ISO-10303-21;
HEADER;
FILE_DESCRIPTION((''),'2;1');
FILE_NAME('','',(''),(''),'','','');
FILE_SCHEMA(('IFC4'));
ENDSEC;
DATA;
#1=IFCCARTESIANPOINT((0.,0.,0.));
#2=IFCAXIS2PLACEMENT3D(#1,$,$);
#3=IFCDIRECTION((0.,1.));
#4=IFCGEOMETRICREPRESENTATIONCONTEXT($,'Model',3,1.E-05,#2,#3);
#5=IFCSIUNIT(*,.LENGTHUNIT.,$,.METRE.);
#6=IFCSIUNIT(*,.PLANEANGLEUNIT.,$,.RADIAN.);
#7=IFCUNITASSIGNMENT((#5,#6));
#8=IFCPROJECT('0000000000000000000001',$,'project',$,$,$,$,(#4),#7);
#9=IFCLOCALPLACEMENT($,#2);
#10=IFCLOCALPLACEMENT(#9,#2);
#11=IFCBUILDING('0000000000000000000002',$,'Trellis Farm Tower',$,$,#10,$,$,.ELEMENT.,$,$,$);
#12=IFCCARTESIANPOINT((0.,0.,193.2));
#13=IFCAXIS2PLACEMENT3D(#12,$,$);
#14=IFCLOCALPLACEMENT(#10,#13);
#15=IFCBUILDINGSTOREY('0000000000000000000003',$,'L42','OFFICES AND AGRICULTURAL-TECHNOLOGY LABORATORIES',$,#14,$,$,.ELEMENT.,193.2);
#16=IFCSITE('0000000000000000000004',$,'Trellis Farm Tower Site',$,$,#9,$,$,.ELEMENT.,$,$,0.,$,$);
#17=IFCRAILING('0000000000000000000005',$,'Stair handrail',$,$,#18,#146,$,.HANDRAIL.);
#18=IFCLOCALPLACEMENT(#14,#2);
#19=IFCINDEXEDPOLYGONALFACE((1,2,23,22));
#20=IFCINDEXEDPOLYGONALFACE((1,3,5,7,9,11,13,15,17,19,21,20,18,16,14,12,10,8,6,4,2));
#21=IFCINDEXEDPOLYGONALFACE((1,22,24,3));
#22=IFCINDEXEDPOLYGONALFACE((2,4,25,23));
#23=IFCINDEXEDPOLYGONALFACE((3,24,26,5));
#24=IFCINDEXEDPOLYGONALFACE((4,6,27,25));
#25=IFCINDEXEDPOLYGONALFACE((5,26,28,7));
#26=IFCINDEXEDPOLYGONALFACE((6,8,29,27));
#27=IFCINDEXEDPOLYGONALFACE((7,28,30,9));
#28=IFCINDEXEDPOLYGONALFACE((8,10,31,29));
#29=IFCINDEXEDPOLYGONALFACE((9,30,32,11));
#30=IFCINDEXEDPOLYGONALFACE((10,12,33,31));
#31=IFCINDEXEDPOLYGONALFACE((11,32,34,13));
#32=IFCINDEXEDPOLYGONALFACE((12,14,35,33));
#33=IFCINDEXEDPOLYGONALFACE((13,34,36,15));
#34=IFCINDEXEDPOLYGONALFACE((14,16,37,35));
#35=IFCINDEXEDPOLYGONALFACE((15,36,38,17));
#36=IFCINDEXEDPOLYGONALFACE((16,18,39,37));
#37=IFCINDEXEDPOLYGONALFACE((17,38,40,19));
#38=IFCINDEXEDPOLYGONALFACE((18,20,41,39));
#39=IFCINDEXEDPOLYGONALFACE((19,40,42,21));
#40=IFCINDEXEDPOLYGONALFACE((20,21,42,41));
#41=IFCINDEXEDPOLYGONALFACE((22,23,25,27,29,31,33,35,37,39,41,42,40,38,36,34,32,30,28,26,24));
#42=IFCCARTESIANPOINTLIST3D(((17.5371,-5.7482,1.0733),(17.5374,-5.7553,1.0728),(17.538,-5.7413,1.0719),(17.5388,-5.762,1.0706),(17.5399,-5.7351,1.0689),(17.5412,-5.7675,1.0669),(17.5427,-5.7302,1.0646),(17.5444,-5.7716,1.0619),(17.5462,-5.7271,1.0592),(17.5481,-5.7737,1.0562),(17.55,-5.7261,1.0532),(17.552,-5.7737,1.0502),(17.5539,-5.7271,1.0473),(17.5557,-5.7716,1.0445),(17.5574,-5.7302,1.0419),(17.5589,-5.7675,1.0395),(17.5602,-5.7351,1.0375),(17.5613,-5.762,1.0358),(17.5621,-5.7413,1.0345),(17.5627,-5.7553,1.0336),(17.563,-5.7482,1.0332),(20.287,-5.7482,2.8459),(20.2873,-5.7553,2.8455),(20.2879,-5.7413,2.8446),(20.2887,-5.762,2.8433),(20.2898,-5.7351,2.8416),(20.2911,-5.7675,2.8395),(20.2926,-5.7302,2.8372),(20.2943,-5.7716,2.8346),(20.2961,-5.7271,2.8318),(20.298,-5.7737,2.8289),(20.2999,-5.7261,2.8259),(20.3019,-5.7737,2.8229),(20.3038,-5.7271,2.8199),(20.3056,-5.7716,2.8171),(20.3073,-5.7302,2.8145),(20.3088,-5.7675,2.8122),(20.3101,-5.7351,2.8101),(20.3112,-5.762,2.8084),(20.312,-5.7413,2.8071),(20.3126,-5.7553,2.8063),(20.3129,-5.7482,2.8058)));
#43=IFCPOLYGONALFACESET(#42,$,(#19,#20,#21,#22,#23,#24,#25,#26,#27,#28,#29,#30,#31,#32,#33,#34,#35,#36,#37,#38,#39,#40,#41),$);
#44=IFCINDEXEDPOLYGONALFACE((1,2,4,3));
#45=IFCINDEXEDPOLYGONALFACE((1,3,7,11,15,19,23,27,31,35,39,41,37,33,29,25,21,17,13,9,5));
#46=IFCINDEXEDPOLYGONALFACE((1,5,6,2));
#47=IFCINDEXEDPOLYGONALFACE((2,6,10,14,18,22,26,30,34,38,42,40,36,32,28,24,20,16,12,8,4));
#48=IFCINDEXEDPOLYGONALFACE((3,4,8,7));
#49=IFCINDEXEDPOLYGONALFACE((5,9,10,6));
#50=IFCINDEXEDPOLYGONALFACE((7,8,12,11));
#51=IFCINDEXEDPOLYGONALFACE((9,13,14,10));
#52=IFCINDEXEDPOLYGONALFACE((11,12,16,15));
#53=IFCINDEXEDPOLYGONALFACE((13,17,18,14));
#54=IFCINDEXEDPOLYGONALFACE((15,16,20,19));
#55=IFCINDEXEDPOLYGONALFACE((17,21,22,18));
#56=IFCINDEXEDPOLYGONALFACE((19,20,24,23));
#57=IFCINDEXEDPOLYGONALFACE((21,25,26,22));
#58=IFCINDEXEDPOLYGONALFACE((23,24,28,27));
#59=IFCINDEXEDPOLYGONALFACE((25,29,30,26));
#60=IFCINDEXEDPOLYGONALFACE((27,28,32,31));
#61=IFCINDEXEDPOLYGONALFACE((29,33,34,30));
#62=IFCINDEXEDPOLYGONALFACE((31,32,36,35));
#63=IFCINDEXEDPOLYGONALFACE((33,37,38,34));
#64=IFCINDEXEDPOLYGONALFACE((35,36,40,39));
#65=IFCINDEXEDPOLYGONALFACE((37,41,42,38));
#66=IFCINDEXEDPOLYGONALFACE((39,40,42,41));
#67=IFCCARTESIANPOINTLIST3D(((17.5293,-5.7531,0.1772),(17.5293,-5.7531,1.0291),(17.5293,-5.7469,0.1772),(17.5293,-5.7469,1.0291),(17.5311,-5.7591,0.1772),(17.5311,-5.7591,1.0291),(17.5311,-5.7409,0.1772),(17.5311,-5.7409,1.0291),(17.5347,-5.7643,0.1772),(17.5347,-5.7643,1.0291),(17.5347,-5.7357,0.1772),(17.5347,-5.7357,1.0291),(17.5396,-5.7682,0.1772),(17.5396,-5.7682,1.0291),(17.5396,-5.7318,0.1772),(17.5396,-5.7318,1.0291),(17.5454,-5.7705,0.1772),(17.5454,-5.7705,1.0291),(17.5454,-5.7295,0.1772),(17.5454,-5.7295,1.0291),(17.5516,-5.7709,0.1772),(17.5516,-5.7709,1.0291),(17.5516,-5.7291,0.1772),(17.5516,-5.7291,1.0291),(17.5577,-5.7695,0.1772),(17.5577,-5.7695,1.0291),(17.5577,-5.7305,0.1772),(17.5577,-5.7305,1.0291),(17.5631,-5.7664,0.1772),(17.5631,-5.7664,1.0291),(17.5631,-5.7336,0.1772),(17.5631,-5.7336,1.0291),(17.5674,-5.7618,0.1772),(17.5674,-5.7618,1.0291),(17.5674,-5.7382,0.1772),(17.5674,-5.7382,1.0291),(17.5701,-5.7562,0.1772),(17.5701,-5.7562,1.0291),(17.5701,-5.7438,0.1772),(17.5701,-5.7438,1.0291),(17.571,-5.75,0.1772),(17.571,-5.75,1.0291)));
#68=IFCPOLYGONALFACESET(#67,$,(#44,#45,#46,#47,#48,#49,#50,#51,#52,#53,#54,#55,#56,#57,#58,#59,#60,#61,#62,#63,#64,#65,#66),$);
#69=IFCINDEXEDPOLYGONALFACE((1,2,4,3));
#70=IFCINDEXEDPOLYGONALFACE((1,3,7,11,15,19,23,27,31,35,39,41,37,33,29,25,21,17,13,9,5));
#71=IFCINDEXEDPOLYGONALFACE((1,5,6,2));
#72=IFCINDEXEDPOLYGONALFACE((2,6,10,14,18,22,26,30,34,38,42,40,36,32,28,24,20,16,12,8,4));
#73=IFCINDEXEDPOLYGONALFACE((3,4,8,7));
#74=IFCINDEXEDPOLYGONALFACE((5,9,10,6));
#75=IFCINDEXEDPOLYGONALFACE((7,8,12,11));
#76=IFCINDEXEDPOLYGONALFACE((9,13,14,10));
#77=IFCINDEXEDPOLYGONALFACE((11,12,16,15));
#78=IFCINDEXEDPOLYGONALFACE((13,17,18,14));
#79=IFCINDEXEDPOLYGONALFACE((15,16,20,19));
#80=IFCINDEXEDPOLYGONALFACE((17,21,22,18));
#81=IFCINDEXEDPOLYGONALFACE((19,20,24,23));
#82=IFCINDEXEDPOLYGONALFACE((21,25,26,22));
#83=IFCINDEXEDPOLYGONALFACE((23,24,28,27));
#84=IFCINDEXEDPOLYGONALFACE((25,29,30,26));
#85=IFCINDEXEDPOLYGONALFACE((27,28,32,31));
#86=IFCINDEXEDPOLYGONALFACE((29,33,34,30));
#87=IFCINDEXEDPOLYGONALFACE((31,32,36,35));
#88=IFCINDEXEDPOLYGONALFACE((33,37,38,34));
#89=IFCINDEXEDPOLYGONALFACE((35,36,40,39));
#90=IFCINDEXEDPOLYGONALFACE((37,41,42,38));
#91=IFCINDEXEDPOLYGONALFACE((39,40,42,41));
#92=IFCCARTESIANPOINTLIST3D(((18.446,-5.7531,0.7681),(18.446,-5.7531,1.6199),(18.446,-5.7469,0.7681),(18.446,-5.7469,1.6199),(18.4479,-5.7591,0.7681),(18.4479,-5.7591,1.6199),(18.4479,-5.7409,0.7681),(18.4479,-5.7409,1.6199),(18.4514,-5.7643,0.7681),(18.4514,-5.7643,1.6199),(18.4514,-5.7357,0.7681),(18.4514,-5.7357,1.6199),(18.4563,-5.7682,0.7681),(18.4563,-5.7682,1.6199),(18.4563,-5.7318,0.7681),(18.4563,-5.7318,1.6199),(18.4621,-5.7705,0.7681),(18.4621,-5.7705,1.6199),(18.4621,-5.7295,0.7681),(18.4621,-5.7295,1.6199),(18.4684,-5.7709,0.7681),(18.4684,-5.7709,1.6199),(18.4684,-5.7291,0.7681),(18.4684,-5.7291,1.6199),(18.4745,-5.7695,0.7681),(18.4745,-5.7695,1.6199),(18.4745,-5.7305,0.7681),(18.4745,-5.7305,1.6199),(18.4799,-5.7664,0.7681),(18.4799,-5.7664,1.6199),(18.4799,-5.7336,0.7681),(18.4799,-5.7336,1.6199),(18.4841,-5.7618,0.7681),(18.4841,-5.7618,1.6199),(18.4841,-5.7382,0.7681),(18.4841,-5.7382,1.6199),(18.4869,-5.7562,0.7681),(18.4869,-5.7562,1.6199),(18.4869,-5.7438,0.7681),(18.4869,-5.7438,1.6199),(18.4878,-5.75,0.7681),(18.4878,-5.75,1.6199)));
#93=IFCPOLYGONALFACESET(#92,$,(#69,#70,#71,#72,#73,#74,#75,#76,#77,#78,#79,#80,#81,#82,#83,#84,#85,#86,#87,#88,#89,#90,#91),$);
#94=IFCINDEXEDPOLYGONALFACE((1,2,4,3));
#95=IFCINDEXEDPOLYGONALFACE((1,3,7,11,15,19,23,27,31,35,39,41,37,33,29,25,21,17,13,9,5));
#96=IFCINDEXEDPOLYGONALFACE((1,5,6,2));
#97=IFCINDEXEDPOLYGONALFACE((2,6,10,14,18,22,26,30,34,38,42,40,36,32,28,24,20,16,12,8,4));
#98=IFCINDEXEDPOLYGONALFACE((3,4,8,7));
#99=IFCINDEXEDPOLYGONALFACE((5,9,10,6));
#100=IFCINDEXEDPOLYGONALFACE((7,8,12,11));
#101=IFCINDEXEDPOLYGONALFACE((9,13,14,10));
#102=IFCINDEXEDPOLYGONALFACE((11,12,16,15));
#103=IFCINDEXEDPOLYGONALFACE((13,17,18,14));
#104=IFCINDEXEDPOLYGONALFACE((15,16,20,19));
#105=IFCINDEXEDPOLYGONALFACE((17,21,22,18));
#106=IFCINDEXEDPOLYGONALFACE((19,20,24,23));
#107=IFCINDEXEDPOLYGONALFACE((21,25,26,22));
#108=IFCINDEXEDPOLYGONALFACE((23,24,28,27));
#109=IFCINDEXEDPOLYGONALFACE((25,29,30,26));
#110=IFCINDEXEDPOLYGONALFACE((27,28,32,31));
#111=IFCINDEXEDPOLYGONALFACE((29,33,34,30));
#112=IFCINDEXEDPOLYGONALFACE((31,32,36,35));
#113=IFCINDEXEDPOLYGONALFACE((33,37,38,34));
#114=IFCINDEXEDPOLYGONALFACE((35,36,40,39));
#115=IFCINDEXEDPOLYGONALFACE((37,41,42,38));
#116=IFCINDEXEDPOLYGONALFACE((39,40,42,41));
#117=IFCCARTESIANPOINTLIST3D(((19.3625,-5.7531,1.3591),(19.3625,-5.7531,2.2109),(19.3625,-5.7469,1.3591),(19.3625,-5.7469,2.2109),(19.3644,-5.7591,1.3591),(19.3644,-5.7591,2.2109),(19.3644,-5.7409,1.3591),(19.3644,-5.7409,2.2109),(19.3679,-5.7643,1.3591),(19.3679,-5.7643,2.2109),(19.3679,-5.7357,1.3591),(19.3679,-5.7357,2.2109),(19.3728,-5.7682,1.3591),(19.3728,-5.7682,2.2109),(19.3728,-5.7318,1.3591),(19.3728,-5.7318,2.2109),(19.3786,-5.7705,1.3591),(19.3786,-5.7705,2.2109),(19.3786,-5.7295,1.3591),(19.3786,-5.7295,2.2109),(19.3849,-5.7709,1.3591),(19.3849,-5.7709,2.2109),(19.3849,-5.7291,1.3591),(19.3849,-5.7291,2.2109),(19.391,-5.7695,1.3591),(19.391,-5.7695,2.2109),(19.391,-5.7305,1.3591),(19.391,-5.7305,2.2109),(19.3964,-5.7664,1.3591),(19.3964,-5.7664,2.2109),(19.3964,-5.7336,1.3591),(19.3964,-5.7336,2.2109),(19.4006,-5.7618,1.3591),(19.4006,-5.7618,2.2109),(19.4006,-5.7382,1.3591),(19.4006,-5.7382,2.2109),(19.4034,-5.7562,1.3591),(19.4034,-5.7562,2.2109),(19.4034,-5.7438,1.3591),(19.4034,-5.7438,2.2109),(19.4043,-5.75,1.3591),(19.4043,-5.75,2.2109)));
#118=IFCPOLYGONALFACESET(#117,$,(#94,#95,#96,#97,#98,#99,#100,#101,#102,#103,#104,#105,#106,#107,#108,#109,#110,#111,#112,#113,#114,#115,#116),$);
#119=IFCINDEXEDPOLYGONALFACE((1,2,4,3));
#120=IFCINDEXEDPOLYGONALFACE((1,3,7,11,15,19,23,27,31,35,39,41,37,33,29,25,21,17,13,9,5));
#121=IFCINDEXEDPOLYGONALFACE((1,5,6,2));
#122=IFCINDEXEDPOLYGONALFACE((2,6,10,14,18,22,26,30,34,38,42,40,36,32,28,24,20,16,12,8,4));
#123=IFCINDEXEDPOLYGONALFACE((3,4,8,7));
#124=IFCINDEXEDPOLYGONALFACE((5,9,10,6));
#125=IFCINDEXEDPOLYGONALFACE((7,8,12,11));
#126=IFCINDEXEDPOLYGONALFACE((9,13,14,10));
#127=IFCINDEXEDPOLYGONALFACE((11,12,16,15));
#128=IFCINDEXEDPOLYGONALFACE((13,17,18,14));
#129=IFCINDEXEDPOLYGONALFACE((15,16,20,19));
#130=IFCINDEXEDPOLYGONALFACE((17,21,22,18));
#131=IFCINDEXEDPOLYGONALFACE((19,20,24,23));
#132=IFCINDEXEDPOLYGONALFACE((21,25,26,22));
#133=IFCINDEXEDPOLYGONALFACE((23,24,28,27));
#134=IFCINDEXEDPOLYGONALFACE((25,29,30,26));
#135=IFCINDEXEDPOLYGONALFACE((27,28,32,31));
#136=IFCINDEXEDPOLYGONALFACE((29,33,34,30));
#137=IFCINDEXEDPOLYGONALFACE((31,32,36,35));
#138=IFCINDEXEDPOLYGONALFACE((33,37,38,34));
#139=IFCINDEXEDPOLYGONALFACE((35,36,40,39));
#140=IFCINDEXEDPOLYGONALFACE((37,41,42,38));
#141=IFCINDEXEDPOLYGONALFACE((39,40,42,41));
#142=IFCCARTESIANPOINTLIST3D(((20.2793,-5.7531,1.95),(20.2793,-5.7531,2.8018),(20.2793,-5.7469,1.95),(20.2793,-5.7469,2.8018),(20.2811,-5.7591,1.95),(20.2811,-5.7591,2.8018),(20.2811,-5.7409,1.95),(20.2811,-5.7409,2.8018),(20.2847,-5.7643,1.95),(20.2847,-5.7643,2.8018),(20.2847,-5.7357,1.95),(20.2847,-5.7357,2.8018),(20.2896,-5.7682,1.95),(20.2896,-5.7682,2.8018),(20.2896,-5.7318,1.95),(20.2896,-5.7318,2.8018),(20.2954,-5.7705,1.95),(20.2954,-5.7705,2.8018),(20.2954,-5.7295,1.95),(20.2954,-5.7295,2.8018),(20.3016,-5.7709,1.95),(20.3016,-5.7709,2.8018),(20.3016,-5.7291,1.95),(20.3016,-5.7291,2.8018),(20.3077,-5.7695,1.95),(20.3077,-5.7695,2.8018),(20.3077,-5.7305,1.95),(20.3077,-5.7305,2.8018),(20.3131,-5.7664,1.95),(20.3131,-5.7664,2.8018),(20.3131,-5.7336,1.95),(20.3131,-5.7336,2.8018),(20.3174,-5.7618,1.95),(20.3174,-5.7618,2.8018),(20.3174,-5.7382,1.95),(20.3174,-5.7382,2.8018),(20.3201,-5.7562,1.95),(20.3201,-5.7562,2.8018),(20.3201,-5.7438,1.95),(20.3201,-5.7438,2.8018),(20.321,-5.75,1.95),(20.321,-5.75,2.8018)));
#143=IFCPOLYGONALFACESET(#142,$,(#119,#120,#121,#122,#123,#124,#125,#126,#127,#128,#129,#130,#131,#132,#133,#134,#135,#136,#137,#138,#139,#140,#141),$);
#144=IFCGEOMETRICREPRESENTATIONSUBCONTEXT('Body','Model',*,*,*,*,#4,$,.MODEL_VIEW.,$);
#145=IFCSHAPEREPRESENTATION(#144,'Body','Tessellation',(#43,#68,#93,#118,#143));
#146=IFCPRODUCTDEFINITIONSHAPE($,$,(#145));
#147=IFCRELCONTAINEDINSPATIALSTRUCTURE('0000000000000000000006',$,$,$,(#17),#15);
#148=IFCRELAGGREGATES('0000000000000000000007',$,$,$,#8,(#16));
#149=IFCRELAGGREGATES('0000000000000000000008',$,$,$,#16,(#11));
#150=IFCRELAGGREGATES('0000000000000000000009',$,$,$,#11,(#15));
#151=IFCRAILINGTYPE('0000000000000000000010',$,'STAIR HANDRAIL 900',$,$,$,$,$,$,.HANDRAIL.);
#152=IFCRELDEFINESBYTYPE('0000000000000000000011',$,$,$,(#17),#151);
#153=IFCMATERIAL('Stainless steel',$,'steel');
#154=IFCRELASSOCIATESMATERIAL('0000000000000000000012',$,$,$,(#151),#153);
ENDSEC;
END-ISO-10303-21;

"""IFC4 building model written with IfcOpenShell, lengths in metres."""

from ifc_helpers import new_model, si_unit, direction, frame, origin, origin_2d, place, context, subcontext, project, spatial, circle, extrude, source, transform, mapped, material, type_object, element, save


model = new_model("IFC4")

# Units and contexts
model_context = context("Model", 3, precision=1e-05, world=origin(), true_north=direction((0.0, 1.0)))
body_context = subcontext(model_context, "Body", "Model", "MODEL_VIEW")
ifc_project = project(units=[si_unit("LENGTHUNIT", "METRE"), si_unit("PLANEANGLEUNIT", "RADIAN")], contexts=[model_context])

# Site, building, storey
site_placement = place(None, origin())
site = spatial("IfcSite", under=ifc_project, at=site_placement, Name="Trellis Farm Tower Site", CompositionType="ELEMENT", RefElevation=0.0)
building_placement = place(site_placement, origin())
building = spatial("IfcBuilding", under=site, at=building_placement, Name="Trellis Farm Tower", CompositionType="ELEMENT")
storey_placement = place(building_placement, frame((0.0, 0.0, 193.2)))
storey = spatial("IfcBuildingStorey", under=building, at=storey_placement, Name="L42", Description="OFFICES AND AGRICULTURAL-TECHNOLOGY LABORATORIES", CompositionType="ELEMENT", Elevation=193.2)

# Railing
ifc_material_1 = material(Name="Stainless steel", Category="steel")
railing_type = type_object("IfcRailingType", Name="STAIR HANDRAIL 900", PredefinedType="HANDRAIL", material=ifc_material_1)
shared_shape_1 = source(origin(), body_context, "Body", "SweptSolid", [
    extrude(circle(Radius=0.0239, at=origin_2d()), frame((0.0, 0.0, 0.876), z_axis=(0.840504, 0.0, 0.541806), x_axis=(0.0, 1.0, 0.0)), (0.0, 0.0, 1.0), 3.2717),
    extrude(circle(Radius=0.021, at=origin_2d()), origin(), (0.0, 0.0, 1.0), 0.8518),
    extrude(circle(Radius=0.021, at=origin_2d()), frame((0.9167, 0.0, 0.5908)), (0.0, 0.0, 1.0), 0.8518),
    extrude(circle(Radius=0.021, at=origin_2d()), frame((1.8333, 0.0, 1.1819)), (0.0, 0.0, 1.0), 0.8518),
    extrude(circle(Radius=0.021, at=origin_2d()), frame((2.75, 0.0, 1.7727)), (0.0, 0.0, 1.0), 0.8518),
])
for number, where, name in (
    (1, (17.55, -5.75, 0.1772), "Stair handrail"),
):
    element("IfcRailing", number, at=place(storey_placement, frame(where)), inside=storey, type_object=railing_type, Name=name, PredefinedType="HANDRAIL", context=body_context, shape_type="MappedRepresentation", body=[
        mapped(shared_shape_1, transform((0.0, 0.0, 0.0))),
    ])

save(model, "model.ifc")
